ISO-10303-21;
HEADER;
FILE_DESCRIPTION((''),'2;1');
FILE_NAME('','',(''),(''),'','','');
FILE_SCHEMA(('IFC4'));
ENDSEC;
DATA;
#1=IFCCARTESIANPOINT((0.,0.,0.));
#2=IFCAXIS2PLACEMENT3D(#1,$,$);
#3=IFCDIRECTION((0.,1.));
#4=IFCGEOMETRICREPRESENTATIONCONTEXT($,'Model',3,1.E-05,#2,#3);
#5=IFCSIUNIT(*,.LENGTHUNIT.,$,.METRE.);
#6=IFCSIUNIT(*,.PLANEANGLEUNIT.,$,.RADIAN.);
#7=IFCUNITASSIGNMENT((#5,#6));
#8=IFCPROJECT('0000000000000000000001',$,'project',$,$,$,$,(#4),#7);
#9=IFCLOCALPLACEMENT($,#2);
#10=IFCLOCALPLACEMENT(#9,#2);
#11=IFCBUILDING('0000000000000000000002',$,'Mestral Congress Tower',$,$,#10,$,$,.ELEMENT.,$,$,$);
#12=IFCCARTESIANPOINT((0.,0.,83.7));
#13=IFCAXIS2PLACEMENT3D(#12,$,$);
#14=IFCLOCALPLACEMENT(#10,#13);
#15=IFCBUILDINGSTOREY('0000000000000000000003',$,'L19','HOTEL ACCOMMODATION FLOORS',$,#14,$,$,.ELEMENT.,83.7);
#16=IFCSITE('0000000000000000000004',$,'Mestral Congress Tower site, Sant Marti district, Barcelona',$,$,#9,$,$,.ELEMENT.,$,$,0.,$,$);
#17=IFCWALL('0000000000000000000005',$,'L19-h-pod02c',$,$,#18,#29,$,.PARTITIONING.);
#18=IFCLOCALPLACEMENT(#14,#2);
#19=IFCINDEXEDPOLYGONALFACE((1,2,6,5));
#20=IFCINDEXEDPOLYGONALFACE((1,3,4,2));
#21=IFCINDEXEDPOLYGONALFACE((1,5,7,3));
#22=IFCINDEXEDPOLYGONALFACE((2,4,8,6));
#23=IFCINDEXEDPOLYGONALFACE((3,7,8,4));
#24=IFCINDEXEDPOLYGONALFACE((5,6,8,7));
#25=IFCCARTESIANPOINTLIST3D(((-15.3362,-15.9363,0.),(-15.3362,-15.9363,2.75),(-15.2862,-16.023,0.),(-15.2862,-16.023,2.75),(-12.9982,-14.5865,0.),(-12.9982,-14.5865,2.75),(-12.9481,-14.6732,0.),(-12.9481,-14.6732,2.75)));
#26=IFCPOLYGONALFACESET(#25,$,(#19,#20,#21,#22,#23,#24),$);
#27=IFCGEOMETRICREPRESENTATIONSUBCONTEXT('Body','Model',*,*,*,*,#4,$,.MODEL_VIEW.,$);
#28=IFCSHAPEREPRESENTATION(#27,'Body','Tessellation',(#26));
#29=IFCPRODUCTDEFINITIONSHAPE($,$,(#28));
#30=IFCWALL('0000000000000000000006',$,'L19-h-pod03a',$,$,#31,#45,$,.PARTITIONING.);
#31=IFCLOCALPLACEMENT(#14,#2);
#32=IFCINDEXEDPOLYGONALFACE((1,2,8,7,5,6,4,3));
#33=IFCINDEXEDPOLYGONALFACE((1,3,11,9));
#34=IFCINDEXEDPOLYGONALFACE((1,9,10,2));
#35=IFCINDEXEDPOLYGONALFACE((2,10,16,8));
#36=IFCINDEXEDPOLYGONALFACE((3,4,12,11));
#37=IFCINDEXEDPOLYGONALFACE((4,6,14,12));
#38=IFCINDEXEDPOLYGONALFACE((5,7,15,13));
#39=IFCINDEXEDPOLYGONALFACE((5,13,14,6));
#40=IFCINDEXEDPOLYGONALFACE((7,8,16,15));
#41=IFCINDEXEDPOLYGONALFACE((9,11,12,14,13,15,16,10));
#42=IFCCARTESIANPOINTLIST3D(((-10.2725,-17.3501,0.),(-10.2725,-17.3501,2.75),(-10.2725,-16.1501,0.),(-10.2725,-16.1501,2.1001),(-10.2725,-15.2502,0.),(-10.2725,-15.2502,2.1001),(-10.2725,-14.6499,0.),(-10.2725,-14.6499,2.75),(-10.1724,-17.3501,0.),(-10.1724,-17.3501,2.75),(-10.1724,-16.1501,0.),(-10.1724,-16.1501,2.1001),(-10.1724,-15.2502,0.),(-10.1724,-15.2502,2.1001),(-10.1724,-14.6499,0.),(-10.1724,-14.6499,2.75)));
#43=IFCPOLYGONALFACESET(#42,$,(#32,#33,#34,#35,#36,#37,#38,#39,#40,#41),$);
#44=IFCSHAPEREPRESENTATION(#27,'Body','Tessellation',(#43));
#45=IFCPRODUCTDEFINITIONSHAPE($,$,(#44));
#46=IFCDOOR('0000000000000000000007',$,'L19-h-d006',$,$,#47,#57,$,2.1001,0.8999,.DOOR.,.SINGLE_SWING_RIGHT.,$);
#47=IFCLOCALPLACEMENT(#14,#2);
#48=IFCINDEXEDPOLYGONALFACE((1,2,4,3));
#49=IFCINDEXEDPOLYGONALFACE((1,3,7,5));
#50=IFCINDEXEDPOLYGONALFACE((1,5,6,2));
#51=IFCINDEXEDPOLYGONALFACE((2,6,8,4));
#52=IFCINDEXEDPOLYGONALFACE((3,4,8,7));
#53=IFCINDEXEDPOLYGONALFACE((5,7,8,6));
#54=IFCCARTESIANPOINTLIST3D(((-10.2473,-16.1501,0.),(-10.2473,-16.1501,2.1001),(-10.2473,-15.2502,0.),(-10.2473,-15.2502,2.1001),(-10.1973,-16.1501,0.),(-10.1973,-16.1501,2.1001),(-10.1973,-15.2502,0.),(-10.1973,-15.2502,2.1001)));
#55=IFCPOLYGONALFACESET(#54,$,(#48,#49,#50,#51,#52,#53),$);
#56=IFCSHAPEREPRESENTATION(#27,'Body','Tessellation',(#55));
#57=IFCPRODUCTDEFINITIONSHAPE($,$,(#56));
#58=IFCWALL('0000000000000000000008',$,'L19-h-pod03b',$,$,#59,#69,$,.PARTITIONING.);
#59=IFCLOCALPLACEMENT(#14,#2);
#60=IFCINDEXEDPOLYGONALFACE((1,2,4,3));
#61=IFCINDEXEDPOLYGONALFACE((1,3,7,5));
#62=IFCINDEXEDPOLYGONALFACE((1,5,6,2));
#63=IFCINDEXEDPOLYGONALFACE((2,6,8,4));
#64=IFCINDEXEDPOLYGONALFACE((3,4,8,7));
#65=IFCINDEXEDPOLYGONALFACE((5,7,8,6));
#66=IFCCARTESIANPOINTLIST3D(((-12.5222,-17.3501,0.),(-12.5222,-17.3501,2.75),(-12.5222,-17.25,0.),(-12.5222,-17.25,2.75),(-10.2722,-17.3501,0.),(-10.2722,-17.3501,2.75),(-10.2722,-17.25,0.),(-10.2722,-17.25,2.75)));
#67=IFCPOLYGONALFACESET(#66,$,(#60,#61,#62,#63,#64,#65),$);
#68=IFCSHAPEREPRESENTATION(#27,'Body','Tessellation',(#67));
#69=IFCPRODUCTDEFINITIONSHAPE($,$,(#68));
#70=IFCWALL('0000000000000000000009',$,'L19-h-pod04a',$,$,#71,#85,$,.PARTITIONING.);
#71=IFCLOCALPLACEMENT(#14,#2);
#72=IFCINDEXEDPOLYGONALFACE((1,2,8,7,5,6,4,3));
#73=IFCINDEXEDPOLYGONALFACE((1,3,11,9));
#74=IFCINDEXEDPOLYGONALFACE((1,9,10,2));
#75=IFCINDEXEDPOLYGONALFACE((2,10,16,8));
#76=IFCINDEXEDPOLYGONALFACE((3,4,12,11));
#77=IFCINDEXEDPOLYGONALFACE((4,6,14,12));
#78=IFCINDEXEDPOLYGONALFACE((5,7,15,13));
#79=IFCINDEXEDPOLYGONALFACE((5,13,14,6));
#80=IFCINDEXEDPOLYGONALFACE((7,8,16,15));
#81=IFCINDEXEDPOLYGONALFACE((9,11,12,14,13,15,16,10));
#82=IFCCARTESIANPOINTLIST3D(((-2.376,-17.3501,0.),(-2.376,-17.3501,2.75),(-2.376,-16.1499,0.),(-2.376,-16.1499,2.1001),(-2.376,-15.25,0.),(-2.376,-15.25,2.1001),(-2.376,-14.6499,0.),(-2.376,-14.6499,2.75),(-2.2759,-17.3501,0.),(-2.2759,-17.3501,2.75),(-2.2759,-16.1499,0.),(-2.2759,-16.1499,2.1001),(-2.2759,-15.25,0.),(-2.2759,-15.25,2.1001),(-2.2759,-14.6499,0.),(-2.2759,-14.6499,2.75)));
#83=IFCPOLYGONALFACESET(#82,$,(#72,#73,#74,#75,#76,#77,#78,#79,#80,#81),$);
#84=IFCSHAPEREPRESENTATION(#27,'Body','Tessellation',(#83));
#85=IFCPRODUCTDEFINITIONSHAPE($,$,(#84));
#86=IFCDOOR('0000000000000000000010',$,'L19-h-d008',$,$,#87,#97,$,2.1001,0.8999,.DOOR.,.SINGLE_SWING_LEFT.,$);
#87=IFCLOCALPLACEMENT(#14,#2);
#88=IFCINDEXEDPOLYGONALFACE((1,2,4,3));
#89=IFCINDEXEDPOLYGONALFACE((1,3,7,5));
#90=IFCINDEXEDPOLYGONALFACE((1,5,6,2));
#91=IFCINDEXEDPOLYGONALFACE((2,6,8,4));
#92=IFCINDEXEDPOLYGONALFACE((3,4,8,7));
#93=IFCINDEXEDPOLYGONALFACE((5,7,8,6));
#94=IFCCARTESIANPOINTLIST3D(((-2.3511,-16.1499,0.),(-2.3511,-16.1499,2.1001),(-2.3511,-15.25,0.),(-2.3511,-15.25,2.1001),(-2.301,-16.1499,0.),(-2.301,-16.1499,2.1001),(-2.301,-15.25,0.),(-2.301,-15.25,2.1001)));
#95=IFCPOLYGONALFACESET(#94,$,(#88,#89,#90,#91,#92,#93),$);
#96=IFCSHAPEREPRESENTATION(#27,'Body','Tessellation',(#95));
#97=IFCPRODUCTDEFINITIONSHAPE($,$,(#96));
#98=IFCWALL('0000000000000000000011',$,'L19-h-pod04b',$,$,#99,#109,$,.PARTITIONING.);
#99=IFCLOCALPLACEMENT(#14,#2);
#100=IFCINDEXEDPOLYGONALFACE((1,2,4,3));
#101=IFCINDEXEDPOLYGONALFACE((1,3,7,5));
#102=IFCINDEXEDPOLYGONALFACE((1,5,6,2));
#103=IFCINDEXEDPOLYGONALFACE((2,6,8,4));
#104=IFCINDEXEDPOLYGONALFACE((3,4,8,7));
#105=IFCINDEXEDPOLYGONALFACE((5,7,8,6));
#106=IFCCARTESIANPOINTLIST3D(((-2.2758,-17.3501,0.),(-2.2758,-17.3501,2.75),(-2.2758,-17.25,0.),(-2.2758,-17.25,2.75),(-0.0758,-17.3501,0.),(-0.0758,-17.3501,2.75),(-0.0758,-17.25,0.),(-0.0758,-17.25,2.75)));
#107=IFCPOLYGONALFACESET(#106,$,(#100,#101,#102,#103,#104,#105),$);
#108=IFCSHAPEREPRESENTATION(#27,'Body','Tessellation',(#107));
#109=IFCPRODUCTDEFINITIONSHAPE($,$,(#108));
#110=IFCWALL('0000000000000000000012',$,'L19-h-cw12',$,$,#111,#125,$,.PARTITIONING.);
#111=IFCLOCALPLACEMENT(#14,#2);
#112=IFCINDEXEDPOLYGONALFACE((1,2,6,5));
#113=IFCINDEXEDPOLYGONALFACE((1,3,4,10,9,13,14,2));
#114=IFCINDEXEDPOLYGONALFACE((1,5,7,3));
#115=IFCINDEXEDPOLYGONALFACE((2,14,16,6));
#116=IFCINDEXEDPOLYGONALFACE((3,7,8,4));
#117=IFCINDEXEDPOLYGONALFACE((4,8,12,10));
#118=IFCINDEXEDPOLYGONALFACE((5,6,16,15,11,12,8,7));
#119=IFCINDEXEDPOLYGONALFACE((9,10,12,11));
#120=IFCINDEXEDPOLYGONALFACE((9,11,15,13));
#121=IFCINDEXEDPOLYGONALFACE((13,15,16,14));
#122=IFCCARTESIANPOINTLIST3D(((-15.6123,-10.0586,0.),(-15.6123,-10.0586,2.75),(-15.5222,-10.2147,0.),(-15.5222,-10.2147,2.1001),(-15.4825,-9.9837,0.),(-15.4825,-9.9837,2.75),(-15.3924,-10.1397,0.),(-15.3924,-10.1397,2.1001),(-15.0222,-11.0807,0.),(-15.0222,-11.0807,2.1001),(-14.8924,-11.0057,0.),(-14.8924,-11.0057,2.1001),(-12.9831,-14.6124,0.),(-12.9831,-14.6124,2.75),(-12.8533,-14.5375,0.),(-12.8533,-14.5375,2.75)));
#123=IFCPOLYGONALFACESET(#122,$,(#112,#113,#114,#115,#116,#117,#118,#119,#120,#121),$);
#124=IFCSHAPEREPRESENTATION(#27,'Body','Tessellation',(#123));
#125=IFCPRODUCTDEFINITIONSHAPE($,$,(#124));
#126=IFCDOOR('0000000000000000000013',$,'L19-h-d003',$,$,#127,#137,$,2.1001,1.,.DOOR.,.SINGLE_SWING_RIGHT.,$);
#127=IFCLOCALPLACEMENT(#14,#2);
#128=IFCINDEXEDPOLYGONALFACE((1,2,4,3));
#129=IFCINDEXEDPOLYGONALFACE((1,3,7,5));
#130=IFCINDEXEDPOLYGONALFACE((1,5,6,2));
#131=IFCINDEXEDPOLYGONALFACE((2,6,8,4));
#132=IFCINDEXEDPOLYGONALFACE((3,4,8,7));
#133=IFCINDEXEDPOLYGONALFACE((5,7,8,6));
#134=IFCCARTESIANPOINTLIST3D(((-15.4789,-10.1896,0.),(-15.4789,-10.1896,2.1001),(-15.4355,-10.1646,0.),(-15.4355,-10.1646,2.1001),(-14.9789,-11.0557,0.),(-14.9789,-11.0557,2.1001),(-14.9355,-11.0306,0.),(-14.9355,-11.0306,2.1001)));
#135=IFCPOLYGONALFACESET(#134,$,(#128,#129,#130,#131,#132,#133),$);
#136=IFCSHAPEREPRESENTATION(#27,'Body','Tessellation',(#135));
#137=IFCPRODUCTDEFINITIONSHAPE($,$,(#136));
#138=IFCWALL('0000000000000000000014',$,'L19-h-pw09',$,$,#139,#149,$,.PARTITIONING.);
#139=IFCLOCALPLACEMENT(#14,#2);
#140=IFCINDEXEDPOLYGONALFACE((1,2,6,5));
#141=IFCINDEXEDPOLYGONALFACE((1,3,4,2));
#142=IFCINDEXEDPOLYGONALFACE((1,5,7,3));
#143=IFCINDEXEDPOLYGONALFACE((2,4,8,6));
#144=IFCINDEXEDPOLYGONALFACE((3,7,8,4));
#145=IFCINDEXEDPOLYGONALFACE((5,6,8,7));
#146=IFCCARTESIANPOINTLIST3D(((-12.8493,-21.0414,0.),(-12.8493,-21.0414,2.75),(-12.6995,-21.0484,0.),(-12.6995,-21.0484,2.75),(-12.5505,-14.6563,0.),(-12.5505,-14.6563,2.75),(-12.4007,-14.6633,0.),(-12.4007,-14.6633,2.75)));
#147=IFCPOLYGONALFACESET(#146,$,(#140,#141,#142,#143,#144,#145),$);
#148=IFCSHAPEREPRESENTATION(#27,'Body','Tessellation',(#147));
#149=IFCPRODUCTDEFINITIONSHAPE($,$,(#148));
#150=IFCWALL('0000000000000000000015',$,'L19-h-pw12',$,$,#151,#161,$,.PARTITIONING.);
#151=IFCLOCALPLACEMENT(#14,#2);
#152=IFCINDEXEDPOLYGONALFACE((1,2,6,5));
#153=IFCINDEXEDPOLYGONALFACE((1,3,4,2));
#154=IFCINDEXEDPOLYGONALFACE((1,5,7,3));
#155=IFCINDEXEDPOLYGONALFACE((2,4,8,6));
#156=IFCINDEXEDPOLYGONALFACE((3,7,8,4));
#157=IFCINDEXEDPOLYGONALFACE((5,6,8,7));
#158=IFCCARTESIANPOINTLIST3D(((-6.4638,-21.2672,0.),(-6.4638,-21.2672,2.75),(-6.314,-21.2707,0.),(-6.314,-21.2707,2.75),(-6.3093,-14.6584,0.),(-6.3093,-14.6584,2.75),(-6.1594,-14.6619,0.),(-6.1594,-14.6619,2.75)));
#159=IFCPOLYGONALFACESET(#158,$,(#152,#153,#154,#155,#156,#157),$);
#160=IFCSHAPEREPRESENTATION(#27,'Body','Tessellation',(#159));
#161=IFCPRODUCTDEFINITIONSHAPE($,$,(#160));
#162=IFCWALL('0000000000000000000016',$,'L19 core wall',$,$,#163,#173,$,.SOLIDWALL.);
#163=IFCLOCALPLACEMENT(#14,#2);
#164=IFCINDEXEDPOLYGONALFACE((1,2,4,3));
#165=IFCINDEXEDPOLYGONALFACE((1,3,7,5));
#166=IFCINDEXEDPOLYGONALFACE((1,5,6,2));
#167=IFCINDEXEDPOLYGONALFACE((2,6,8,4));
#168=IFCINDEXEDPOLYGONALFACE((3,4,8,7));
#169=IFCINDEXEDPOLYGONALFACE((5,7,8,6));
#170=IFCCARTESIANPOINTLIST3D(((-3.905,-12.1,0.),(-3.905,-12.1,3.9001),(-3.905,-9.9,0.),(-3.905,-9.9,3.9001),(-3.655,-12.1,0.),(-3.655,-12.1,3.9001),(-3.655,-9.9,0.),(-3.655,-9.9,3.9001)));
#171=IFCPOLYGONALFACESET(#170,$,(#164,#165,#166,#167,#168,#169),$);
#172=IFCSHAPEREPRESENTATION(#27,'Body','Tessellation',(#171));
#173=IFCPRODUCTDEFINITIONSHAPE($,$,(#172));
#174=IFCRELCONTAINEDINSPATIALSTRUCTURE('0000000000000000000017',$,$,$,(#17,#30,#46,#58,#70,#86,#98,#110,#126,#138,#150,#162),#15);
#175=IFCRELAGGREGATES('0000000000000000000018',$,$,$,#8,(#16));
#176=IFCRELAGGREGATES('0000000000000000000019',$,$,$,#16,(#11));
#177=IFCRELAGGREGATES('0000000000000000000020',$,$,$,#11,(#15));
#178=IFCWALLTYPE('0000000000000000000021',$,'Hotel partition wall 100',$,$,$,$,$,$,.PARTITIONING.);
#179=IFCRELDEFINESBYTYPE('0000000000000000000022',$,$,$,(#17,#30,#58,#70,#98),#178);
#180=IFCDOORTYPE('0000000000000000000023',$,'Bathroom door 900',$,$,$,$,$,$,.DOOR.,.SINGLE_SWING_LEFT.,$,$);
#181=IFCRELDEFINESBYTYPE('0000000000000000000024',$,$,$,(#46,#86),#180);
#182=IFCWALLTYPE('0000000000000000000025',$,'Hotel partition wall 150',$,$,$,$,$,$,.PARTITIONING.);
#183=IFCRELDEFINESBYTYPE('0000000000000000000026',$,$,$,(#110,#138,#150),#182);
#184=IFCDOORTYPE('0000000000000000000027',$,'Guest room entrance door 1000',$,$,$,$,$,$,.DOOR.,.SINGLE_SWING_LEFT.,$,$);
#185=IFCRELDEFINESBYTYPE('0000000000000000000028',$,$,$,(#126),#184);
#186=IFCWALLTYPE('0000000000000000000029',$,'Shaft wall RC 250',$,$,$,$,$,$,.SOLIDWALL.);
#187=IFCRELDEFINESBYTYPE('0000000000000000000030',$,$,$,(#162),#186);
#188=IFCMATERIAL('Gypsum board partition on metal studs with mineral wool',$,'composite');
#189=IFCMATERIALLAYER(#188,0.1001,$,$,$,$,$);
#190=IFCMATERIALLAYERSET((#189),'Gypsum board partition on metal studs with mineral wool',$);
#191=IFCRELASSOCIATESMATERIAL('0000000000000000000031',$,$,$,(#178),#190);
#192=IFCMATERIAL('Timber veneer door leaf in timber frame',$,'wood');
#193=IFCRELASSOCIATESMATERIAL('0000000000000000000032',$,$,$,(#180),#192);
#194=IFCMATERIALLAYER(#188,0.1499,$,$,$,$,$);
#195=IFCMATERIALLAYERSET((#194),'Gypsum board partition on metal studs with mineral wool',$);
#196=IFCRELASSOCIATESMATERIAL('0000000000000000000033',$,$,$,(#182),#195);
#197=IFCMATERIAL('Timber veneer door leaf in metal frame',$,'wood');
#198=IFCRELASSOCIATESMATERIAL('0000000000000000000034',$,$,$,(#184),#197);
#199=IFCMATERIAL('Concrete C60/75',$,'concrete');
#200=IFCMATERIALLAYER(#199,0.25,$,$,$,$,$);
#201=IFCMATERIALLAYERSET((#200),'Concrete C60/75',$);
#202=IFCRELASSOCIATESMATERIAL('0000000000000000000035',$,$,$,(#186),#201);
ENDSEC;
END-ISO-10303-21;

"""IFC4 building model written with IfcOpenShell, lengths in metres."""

from ifc_helpers import new_model, si_unit, direction, frame, frame_2d, origin, place, context, subcontext, project, spatial, rectangle, extrude, material, layer, layer_set, type_object, element, fill, save


model = new_model("IFC4")

# Units and contexts
model_context = context("Model", 3, precision=1e-05, world=origin(), true_north=direction((0.0, 1.0)))
body_context = subcontext(model_context, "Body", "Model", "MODEL_VIEW")
ifc_project = project(units=[si_unit("LENGTHUNIT", "METRE"), si_unit("PLANEANGLEUNIT", "RADIAN")], contexts=[model_context])

# Site, building, storey
site_placement = place(None, origin())
site = spatial("IfcSite", under=ifc_project, at=site_placement, Name="Mestral Congress Tower site, Sant Marti district, Barcelona", CompositionType="ELEMENT", RefElevation=0.0)
building_placement = place(site_placement, origin())
building = spatial("IfcBuilding", under=site, at=building_placement, Name="Mestral Congress Tower", CompositionType="ELEMENT")
storey_placement = place(building_placement, frame((0.0, 0.0, 83.7)))
storey = spatial("IfcBuildingStorey", under=building, at=storey_placement, Name="L19", Description="HOTEL ACCOMMODATION FLOORS", CompositionType="ELEMENT", Elevation=83.7)

# Shared definitions
ifc_material_1 = material(Name="Concrete C60/75", Category="concrete")

# Wall
ifc_material_2 = material(Name="Gypsum board partition on metal studs with mineral wool", Category="composite")
ifc_layer_1 = layer(ifc_material_2, 0.1001)
ifc_layer_set_1 = layer_set([ifc_layer_1], Name="Gypsum board partition on metal studs with mineral wool")
wall_type_1 = type_object("IfcWallType", Name="Hotel partition wall 100", PredefinedType="PARTITIONING", material=ifc_layer_set_1)
wall_1_placement = place(storey_placement, frame((-12.9731, -14.6299, 0.0), z_axis=(0.0, 0.0, 1.0), x_axis=(-0.866037, -0.499981, 0.0)))
element("IfcWall", 1, at=wall_1_placement, inside=storey, type_object=wall_type_1, Name="L19-h-pod02c", PredefinedType="PARTITIONING", context=body_context, shape_type="SweptSolid", body=[
    extrude(rectangle(XDim=2.6997, YDim=0.1001, at=frame_2d((1.3499, 0.0))), origin(), (0.0, 0.0, 1.0), 2.75),
])

# Wall, opening, door
wall_2_placement = place(storey_placement, frame((-10.2224, -17.3501, 0.0), z_axis=(0.0, 0.0, 1.0), x_axis=(0.0, 1.0, 0.0)))
wall_2 = element("IfcWall", 2, at=wall_2_placement, inside=storey, type_object=wall_type_1, Name="L19-h-pod03a", PredefinedType="PARTITIONING", context=body_context, shape_type="SweptSolid", body=[
    extrude(rectangle(XDim=2.7002, YDim=0.1001, at=frame_2d((1.3501, 0.0))), origin(), (0.0, 0.0, 1.0), 2.75),
])
opening_1_placement = place(wall_2_placement, frame((1.2, 0.0, 0.0)))
opening_1 = element("IfcOpeningElement", 3, at=opening_1_placement, cuts=wall_2, PredefinedType="OPENING", context=body_context, shape_type="SweptSolid", body=[
    extrude(rectangle(XDim=0.8999, YDim=2.1001, at=frame_2d((0.45, 1.05))), frame((0.0, 0.0601, 0.0), z_axis=(0.0, -1.0, 0.0), x_axis=(1.0, 0.0, 0.0)), (0.0, 0.0, 1.0), 0.1201),
])
ifc_material_3 = material(Name="Timber veneer door leaf in timber frame", Category="wood")
door_type_1 = type_object("IfcDoorType", Name="Bathroom door 900", OperationType="SINGLE_SWING_LEFT", PredefinedType="DOOR", material=ifc_material_3)
door_1_placement = place(opening_1_placement, origin())
door_1 = element("IfcDoor", 4, at=door_1_placement, inside=storey, type_object=door_type_1, Name="L19-h-d006", OperationType="SINGLE_SWING_RIGHT", OverallHeight=2.1001, OverallWidth=0.8999, PredefinedType="DOOR", context=body_context, shape_type="SweptSolid", body=[
    extrude(rectangle(XDim=0.8999, YDim=2.1001, at=frame_2d((0.45, 1.05))), frame((0.0, 0.0249, 0.0), z_axis=(0.0, -1.0, 0.0), x_axis=(1.0, 0.0, 0.0)), (0.0, 0.0, 1.0), 0.05),
])
fill(opening_1, door_1)

# Wall
wall_3_placement = place(storey_placement, frame((-10.2722, -17.3, 0.0), z_axis=(0.0, 0.0, 1.0), x_axis=(-1.0, 0.0, 0.0)))
element("IfcWall", 5, at=wall_3_placement, inside=storey, type_object=wall_type_1, Name="L19-h-pod03b", PredefinedType="PARTITIONING", context=body_context, shape_type="SweptSolid", body=[
    extrude(rectangle(XDim=2.25, YDim=0.1001, at=frame_2d((1.125, 0.0))), origin(), (0.0, 0.0, 1.0), 2.75),
])

# Wall, opening, door
wall_4_placement = place(storey_placement, frame((-2.3259, -14.6499, 0.0), z_axis=(0.0, 0.0, 1.0), x_axis=(0.0, -1.0, 0.0)))
wall_4 = element("IfcWall", 6, at=wall_4_placement, inside=storey, type_object=wall_type_1, Name="L19-h-pod04a", PredefinedType="PARTITIONING", context=body_context, shape_type="SweptSolid", body=[
    extrude(rectangle(XDim=2.7002, YDim=0.1001, at=frame_2d((1.3501, 0.0))), origin(), (0.0, 0.0, 1.0), 2.75),
])
opening_2_placement = place(wall_4_placement, frame((0.6001, 0.0, 0.0)))
opening_2 = element("IfcOpeningElement", 7, at=opening_2_placement, cuts=wall_4, PredefinedType="OPENING", context=body_context, shape_type="SweptSolid", body=[
    extrude(rectangle(XDim=0.8999, YDim=2.1001, at=frame_2d((0.45, 1.05))), frame((0.0, 0.0601, 0.0), z_axis=(0.0, -1.0, 0.0), x_axis=(1.0, 0.0, 0.0)), (0.0, 0.0, 1.0), 0.1201),
])
door_2_placement = place(opening_2_placement, origin())
door_2 = element("IfcDoor", 8, at=door_2_placement, inside=storey, type_object=door_type_1, Name="L19-h-d008", OperationType="SINGLE_SWING_LEFT", OverallHeight=2.1001, OverallWidth=0.8999, PredefinedType="DOOR", context=body_context, shape_type="SweptSolid", body=[
    extrude(rectangle(XDim=0.8999, YDim=2.1001, at=frame_2d((0.45, 1.05))), frame((0.0, 0.0249, 0.0), z_axis=(0.0, -1.0, 0.0), x_axis=(1.0, 0.0, 0.0)), (0.0, 0.0, 1.0), 0.05),
])
fill(opening_2, door_2)

# Wall
wall_5_placement = place(storey_placement, frame((-2.2759, -17.3, 0.0), z_axis=(0.0, 0.0, 1.0), x_axis=(1.0, 0.0, 0.0)))
element("IfcWall", 9, at=wall_5_placement, inside=storey, type_object=wall_type_1, Name="L19-h-pod04b", PredefinedType="PARTITIONING", context=body_context, shape_type="SweptSolid", body=[
    extrude(rectangle(XDim=2.2, YDim=0.1001, at=frame_2d((1.1001, 0.0))), origin(), (0.0, 0.0, 1.0), 2.75),
])

# Wall, opening, door
ifc_layer_2 = layer(ifc_material_2, 0.1499)
ifc_layer_set_2 = layer_set([ifc_layer_2], Name="Gypsum board partition on metal studs with mineral wool")
wall_type_2 = type_object("IfcWallType", Name="Hotel partition wall 150", PredefinedType="PARTITIONING", material=ifc_layer_set_2)
wall_6_placement = place(storey_placement, frame((-12.9182, -14.575, 0.0), z_axis=(0.0, 0.0, 1.0), x_axis=(-0.500009, 0.86602, 0.0)))
wall_6 = element("IfcWall", 10, at=wall_6_placement, inside=storey, type_object=wall_type_2, Name="L19-h-cw12", PredefinedType="PARTITIONING", context=body_context, shape_type="SweptSolid", body=[
    extrude(rectangle(XDim=5.2583, YDim=0.1499, at=frame_2d((2.6292, 0.0))), origin(), (0.0, 0.0, 1.0), 2.75),
])
opening_3_placement = place(wall_6_placement, frame((4.0781, 0.0, 0.0)))
opening_3 = element("IfcOpeningElement", 11, at=opening_3_placement, cuts=wall_6, PredefinedType="OPENING", context=body_context, shape_type="SweptSolid", body=[
    extrude(rectangle(XDim=1.0, YDim=2.1001, at=frame_2d((0.5, 1.05))), frame((0.0, 0.085, 0.0), z_axis=(0.0, -1.0, 0.0), x_axis=(1.0, 0.0, 0.0)), (0.0, 0.0, 1.0), 0.1699),
])
ifc_material_4 = material(Name="Timber veneer door leaf in metal frame", Category="wood")
door_type_2 = type_object("IfcDoorType", Name="Guest room entrance door 1000", OperationType="SINGLE_SWING_LEFT", PredefinedType="DOOR", material=ifc_material_4)
door_3_placement = place(opening_3_placement, origin())
door_3 = element("IfcDoor", 12, at=door_3_placement, inside=storey, type_object=door_type_2, Name="L19-h-d003", OperationType="SINGLE_SWING_RIGHT", OverallHeight=2.1001, OverallWidth=1.0, PredefinedType="DOOR", context=body_context, shape_type="SweptSolid", body=[
    extrude(rectangle(XDim=1.0, YDim=2.1001, at=frame_2d((0.5, 1.05))), frame((0.0, 0.0249, 0.0), z_axis=(0.0, -1.0, 0.0), x_axis=(1.0, 0.0, 0.0)), (0.0, 0.0, 1.0), 0.05),
])
fill(opening_3, door_3)

# Walls
wall_7_placement = place(storey_placement, frame((-12.7744, -21.0449, 0.0), z_axis=(0.0, 0.0, 1.0), x_axis=(0.04675, 0.998907, 0.0)))
element("IfcWall", 13, at=wall_7_placement, inside=storey, type_object=wall_type_2, Name="L19-h-pw09", PredefinedType="PARTITIONING", context=body_context, shape_type="SweptSolid", body=[
    extrude(rectangle(XDim=6.3921, YDim=0.1499, at=frame_2d((3.196, 0.0))), origin(), (0.0, 0.0, 1.0), 2.75),
])
wall_8_placement = place(storey_placement, frame((-6.3889, -21.2688, 0.0), z_axis=(0.0, 0.0, 1.0), x_axis=(0.023377, 0.999727, 0.0)))
element("IfcWall", 14, at=wall_8_placement, inside=storey, type_object=wall_type_2, Name="L19-h-pw12", PredefinedType="PARTITIONING", context=body_context, shape_type="SweptSolid", body=[
    extrude(rectangle(XDim=6.6106, YDim=0.1499, at=frame_2d((3.3052, 0.0))), origin(), (0.0, 0.0, 1.0), 2.75),
])
ifc_layer_3 = layer(ifc_material_1, 0.25)
ifc_layer_set_3 = layer_set([ifc_layer_3], Name="Concrete C60/75")
wall_type_3 = type_object("IfcWallType", Name="Shaft wall RC 250", PredefinedType="SOLIDWALL", material=ifc_layer_set_3)
wall_9_placement = place(storey_placement, frame((-3.78, -12.1001, 0.0), z_axis=(0.0, 0.0, 1.0), x_axis=(0.0, 1.0, 0.0)))
element("IfcWall", 15, at=wall_9_placement, inside=storey, type_object=wall_type_3, Name="L19 core wall", PredefinedType="SOLIDWALL", context=body_context, shape_type="SweptSolid", body=[
    extrude(rectangle(XDim=2.2, YDim=0.25, at=frame_2d((1.1001, 0.0))), origin(), (0.0, 0.0, 1.0), 3.9001),
])

save(model, "model.ifc")
